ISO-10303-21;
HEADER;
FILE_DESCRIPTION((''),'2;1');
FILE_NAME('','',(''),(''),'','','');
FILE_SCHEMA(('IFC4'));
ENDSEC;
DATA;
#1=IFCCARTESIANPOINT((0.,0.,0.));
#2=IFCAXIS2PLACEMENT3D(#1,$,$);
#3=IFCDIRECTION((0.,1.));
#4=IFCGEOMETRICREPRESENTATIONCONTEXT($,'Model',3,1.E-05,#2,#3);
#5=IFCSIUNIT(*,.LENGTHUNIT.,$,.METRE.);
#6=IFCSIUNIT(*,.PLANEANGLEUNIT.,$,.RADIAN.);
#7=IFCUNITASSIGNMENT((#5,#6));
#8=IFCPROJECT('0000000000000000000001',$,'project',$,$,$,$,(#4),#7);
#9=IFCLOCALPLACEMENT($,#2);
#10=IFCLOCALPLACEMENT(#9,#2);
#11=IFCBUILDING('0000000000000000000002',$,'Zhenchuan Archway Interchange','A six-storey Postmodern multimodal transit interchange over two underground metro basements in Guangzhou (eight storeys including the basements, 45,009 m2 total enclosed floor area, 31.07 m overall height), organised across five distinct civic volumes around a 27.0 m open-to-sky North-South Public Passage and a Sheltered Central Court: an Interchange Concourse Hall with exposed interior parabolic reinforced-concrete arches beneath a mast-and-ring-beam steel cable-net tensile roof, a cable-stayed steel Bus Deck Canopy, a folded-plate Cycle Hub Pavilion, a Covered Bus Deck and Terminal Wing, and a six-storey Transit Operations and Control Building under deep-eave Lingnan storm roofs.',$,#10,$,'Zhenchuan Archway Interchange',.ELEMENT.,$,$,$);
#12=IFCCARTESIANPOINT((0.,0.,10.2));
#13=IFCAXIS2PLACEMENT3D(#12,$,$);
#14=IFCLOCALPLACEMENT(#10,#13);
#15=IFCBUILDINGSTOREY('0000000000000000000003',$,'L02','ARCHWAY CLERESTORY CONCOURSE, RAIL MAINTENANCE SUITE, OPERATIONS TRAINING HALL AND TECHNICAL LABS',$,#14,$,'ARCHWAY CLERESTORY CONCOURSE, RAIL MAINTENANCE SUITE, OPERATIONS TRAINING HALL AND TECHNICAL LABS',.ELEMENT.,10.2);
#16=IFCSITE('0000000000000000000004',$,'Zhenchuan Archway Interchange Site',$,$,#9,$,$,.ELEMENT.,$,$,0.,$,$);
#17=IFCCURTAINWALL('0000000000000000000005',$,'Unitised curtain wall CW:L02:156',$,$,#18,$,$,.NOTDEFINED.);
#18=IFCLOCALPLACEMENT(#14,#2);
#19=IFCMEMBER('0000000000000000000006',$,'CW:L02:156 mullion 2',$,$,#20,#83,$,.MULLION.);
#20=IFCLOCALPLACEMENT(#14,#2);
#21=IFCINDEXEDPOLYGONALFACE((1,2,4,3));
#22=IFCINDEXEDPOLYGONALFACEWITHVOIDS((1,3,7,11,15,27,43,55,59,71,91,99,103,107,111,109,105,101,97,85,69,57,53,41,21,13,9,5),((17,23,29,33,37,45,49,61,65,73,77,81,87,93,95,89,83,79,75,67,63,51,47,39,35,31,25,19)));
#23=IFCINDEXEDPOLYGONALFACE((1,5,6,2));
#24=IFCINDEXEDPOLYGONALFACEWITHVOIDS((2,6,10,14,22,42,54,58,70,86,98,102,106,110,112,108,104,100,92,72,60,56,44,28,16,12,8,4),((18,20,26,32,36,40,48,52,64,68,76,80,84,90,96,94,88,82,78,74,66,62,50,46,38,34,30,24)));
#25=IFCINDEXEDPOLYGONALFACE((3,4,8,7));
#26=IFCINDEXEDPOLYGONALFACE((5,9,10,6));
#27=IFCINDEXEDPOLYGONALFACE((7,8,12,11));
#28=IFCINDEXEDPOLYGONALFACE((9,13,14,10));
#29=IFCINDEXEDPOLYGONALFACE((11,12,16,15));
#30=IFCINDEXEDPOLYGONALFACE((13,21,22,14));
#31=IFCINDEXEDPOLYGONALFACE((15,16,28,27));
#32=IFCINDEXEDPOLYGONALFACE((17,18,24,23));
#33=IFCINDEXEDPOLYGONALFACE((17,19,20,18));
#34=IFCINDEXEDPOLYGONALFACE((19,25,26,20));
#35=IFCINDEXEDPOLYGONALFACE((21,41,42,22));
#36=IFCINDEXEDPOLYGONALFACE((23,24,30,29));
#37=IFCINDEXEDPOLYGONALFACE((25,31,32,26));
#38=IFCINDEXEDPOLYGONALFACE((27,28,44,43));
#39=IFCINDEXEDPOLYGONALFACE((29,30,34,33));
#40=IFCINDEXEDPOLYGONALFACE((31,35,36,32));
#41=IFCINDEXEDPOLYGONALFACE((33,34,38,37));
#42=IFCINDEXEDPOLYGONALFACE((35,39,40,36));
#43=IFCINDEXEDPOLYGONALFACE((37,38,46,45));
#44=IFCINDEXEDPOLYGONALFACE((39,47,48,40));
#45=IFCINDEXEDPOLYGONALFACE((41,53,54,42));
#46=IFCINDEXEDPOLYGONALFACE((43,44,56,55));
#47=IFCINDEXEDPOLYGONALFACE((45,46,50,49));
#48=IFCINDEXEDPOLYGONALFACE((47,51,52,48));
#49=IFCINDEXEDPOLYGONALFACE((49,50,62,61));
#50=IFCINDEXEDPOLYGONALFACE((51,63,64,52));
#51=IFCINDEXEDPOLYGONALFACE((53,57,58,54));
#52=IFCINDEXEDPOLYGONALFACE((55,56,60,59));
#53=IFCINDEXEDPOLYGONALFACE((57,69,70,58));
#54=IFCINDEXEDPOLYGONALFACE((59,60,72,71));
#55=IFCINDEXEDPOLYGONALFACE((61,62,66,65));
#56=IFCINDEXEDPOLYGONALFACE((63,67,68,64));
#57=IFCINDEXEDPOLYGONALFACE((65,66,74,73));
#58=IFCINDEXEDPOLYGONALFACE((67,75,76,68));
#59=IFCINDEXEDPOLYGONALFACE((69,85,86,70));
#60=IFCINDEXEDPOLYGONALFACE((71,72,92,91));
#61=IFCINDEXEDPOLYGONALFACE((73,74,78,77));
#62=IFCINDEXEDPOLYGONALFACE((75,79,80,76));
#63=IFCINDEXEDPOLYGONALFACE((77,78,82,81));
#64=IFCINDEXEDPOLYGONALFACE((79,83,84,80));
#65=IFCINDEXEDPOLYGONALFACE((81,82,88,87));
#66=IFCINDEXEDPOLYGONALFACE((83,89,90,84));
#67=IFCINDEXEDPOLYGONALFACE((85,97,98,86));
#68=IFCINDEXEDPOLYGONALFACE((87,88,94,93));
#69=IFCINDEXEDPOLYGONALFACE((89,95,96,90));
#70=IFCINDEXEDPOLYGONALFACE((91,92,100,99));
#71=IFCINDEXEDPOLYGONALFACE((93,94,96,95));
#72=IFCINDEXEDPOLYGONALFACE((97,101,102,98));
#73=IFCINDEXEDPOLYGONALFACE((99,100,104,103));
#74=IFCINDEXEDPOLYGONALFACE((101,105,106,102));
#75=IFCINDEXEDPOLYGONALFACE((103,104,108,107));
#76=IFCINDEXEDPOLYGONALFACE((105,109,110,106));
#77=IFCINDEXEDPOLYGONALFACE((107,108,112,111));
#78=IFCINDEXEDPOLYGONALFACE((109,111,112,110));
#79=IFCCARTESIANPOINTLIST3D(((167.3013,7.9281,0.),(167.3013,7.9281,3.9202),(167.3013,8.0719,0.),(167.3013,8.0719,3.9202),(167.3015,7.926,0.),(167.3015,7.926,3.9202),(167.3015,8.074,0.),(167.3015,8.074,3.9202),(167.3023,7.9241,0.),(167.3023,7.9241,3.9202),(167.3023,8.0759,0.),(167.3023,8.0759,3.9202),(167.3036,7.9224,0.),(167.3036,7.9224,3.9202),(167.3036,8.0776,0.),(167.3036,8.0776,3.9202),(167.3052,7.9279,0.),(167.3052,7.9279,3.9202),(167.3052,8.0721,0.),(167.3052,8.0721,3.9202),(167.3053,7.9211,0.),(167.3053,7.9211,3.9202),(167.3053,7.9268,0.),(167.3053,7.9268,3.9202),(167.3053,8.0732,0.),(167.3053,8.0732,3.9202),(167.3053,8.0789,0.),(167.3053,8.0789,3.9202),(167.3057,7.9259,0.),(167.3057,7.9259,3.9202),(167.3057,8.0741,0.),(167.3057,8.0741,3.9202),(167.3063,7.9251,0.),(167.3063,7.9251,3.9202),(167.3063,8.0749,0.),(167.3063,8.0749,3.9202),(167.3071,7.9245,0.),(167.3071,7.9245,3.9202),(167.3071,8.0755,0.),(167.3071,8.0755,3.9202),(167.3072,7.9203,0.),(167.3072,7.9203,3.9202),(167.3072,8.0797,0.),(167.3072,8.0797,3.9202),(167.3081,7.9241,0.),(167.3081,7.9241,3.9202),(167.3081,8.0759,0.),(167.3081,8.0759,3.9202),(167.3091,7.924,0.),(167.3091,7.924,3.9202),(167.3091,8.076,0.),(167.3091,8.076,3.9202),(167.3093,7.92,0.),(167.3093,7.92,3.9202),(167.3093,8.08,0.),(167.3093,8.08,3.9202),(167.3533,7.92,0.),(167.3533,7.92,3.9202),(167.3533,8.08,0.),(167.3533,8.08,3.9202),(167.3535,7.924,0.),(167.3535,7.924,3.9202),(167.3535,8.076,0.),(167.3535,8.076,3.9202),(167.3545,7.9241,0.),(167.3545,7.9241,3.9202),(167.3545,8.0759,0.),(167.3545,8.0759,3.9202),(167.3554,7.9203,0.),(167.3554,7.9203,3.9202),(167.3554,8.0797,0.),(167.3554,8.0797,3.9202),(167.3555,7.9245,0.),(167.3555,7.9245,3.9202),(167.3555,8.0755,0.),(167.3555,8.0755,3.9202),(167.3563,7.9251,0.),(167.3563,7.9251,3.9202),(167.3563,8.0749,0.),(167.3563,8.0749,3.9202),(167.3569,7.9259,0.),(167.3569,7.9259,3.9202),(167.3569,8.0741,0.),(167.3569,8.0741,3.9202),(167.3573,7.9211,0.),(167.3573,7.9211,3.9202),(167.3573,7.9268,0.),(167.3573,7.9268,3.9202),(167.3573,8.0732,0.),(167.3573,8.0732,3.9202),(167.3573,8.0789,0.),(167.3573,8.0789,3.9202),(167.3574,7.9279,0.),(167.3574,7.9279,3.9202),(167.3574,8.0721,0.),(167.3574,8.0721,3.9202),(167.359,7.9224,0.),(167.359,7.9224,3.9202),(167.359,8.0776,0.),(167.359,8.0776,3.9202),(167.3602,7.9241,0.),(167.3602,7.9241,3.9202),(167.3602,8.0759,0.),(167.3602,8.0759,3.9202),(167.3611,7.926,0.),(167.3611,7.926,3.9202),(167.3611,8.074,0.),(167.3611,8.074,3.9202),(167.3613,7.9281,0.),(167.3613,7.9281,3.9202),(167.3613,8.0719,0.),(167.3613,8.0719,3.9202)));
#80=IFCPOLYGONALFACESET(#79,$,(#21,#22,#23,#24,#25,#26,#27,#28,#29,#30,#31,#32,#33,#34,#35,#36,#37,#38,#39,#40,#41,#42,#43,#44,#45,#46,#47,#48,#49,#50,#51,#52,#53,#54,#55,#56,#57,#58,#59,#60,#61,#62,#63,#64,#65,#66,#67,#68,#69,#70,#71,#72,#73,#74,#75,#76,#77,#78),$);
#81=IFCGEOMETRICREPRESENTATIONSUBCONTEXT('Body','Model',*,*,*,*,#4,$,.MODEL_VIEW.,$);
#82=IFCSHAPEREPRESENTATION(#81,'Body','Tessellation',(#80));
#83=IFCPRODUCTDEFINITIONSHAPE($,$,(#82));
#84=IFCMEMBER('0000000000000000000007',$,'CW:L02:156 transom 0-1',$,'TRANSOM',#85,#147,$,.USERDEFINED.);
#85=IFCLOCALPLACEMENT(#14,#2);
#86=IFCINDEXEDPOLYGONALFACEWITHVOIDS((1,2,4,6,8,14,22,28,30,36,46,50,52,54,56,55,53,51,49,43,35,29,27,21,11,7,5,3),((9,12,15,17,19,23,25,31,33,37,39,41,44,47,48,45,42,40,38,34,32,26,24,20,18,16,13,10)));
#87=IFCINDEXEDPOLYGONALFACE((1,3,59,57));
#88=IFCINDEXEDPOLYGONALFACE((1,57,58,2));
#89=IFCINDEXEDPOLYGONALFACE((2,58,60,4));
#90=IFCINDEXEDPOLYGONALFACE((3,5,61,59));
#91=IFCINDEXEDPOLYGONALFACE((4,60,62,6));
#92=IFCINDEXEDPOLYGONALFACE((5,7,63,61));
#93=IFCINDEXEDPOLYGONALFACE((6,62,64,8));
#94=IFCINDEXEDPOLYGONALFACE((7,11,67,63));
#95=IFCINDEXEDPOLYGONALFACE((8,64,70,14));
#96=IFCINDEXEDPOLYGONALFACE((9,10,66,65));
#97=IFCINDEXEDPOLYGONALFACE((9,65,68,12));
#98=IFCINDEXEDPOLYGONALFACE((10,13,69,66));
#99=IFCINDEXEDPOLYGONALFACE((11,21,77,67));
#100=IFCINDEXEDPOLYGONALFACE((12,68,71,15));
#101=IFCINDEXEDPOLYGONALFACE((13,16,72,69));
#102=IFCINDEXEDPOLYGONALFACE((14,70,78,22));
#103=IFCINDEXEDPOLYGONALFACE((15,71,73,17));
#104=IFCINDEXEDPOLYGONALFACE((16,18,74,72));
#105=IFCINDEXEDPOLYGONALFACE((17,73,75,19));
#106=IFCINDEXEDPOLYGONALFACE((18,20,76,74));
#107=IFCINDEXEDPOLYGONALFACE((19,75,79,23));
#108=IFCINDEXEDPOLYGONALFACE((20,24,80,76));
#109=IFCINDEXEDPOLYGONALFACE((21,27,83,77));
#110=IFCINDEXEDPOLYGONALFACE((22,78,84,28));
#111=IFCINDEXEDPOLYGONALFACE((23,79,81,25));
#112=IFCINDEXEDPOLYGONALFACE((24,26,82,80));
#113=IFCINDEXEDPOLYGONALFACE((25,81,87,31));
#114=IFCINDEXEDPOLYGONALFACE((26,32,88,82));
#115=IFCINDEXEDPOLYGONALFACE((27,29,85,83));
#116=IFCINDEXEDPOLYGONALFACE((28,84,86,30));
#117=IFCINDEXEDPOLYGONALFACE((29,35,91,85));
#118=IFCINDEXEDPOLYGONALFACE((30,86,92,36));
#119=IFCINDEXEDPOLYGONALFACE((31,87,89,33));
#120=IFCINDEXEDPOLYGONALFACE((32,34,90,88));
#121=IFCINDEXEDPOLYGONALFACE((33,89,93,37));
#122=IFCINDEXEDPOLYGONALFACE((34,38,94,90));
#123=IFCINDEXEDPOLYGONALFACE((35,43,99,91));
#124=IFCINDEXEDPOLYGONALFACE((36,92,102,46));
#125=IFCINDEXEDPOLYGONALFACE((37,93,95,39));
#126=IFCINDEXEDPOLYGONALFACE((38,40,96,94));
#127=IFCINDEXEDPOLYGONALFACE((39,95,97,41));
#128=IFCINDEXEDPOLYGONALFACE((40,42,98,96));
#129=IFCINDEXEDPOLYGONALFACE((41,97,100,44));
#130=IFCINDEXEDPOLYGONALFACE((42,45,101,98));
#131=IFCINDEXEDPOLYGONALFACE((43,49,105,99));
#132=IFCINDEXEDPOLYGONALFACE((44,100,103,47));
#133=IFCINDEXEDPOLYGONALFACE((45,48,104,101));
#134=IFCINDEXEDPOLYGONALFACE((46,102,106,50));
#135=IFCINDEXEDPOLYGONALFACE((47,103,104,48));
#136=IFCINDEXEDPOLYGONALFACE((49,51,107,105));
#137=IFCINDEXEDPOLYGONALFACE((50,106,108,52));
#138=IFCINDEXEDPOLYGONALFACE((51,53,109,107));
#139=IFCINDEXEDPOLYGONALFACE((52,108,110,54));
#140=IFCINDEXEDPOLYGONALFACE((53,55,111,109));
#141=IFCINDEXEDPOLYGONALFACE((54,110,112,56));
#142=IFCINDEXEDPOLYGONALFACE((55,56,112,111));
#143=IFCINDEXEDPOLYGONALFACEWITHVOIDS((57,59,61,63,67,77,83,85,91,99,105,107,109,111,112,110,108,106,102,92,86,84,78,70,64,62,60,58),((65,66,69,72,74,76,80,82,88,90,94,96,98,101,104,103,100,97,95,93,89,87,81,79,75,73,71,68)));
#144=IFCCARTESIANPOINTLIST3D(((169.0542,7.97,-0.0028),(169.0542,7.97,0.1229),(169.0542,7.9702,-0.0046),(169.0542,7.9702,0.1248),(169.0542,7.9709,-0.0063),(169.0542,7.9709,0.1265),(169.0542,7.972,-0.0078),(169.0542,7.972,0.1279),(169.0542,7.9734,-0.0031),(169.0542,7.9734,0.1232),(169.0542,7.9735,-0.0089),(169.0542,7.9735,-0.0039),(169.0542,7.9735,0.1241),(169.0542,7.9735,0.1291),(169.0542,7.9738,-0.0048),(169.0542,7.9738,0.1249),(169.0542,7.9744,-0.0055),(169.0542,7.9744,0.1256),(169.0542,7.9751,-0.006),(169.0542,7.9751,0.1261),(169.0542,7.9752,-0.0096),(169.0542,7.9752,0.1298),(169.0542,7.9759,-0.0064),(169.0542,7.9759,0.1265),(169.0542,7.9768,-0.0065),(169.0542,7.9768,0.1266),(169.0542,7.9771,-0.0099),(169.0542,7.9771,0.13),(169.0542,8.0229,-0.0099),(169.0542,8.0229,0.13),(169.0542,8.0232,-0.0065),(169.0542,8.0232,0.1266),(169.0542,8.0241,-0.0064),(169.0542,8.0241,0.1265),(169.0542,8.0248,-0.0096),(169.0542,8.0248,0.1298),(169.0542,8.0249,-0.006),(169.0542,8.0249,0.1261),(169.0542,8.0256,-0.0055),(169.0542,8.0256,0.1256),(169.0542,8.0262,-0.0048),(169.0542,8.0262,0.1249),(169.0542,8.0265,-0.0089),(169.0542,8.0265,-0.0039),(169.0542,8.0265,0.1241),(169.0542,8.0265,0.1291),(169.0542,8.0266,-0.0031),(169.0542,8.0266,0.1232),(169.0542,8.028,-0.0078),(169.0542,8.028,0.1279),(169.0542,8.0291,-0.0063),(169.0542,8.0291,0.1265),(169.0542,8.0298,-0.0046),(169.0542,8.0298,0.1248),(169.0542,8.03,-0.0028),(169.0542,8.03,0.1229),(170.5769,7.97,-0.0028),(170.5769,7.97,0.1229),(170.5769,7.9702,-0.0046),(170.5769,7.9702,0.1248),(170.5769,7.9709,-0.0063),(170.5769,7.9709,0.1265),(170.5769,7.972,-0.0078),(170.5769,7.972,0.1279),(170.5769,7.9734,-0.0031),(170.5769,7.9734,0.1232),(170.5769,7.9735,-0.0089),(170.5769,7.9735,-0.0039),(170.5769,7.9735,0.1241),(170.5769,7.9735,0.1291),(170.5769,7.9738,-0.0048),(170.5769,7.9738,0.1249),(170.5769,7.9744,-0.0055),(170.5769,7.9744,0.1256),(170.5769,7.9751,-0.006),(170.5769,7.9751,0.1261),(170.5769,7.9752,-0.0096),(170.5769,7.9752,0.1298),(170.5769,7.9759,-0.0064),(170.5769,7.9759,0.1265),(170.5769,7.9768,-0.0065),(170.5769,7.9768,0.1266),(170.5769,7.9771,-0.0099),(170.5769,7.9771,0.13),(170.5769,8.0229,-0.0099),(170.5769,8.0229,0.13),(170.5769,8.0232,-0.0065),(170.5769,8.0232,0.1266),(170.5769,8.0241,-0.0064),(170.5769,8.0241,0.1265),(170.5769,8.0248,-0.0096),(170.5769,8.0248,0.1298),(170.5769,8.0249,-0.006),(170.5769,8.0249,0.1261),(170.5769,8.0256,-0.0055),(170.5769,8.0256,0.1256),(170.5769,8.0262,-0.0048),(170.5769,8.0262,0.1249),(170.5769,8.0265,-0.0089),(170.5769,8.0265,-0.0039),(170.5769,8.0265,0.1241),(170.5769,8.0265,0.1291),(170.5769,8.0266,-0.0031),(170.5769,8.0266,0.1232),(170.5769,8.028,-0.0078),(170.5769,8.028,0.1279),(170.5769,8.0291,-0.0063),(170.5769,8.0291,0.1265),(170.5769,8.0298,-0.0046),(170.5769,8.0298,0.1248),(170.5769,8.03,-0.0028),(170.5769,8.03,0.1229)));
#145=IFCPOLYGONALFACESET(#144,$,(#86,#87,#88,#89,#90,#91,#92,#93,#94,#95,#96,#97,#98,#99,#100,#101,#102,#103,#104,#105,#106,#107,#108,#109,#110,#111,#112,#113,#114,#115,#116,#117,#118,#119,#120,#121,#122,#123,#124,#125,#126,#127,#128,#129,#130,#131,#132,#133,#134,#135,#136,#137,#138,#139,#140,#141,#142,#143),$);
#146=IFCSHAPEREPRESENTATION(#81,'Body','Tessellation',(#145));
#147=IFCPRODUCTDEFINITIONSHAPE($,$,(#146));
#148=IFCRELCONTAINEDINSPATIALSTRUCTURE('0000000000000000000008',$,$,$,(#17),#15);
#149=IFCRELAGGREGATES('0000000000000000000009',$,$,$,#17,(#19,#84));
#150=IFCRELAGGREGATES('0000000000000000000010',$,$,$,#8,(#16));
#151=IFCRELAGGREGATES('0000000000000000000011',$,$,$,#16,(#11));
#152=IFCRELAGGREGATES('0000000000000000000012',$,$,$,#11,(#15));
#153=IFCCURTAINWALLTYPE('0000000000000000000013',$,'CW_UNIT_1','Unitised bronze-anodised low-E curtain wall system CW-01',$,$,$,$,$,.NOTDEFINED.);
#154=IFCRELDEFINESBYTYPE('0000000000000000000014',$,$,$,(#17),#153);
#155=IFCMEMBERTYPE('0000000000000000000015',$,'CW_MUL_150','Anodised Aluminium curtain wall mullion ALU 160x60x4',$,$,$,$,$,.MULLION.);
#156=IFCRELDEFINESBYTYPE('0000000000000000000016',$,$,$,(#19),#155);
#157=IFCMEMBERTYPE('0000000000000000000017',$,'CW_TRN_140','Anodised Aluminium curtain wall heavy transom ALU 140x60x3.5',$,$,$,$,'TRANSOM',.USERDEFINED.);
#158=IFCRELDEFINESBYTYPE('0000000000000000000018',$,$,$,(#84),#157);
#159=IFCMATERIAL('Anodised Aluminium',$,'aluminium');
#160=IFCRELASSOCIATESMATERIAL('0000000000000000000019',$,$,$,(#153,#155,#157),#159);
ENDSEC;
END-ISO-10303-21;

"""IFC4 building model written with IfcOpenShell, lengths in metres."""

from ifc_helpers import new_model, si_unit, direction, frame, origin, origin_2d, place, context, subcontext, project, spatial, hollow_rectangle, extrude, material, material_profile, profile_set, type_object, element, aggregate, save


model = new_model("IFC4")

# Units and contexts
model_context = context("Model", 3, precision=1e-05, world=origin(), true_north=direction((0.0, 1.0)))
body_context = subcontext(model_context, "Body", "Model", "MODEL_VIEW")
ifc_project = project(units=[si_unit("LENGTHUNIT", "METRE"), si_unit("PLANEANGLEUNIT", "RADIAN")], contexts=[model_context])

# Site, building, storey
site_placement = place(None, origin())
site = spatial("IfcSite", under=ifc_project, at=site_placement, Name="Zhenchuan Archway Interchange Site", CompositionType="ELEMENT", RefElevation=0.0)
building_placement = place(site_placement, origin())
building = spatial("IfcBuilding", under=site, at=building_placement, Name="Zhenchuan Archway Interchange", Description="A six-storey Postmodern multimodal transit interchange over two underground metro basements in Guangzhou (eight storeys including the basements, 45,009 m2 total enclosed floor area, 31.07 m overall height), organised across five distinct civic volumes around a 27.0 m open-to-sky North-South Public Passage and a Sheltered Central Court: an Interchange Concourse Hall with exposed interior parabolic reinforced-concrete arches beneath a mast-and-ring-beam steel cable-net tensile roof, a cable-stayed steel Bus Deck Canopy, a folded-plate Cycle Hub Pavilion, a Covered Bus Deck and Terminal Wing, and a six-storey Transit Operations and Control Building under deep-eave Lingnan storm roofs.", LongName="Zhenchuan Archway Interchange", CompositionType="ELEMENT")
storey_placement = place(building_placement, frame((0.0, 0.0, 10.2)))
storey = spatial("IfcBuildingStorey", under=building, at=storey_placement, Name="L02", Description="ARCHWAY CLERESTORY CONCOURSE, RAIL MAINTENANCE SUITE, OPERATIONS TRAINING HALL AND TECHNICAL LABS", LongName="ARCHWAY CLERESTORY CONCOURSE, RAIL MAINTENANCE SUITE, OPERATIONS TRAINING HALL AND TECHNICAL LABS", CompositionType="ELEMENT", Elevation=10.2)

# Curtain wall, members
ifc_material_1 = material(Name="Anodised Aluminium", Category="aluminium")
curtain_wall_type = type_object("IfcCurtainWallType", Name="CW_UNIT_1", Description="Unitised bronze-anodised low-E curtain wall system CW-01", PredefinedType="NOTDEFINED", material=ifc_material_1)
curtain_wall_placement = place(storey_placement, origin())
curtain_wall = element("IfcCurtainWall", 1, at=curtain_wall_placement, inside=storey, type_object=curtain_wall_type, Name="Unitised curtain wall CW:L02:156", PredefinedType="NOTDEFINED")
ifc_material_profile_1 = material_profile(ifc_material_1, hollow_rectangle(XDim=0.0601, YDim=0.1599, WallThickness=0.0039, InnerFilletRadius=0.0039, OuterFilletRadius=0.0081, at=origin_2d()), Name="ALU 160x60x4")
ifc_profile_set_1 = profile_set([ifc_material_profile_1], Name="Anodised Aluminium")
member_type_1 = type_object("IfcMemberType", Name="CW_MUL_150", Description="Anodised Aluminium curtain wall mullion ALU 160x60x4", PredefinedType="MULLION", material=ifc_profile_set_1)
member_1_placement = place(storey_placement, frame((167.3313, 8.0, 0.0), z_axis=(0.0, 0.0, 1.0), x_axis=(1.0, 0.0, 0.0)))
member_1 = element("IfcMember", 2, at=member_1_placement, type_object=member_type_1, Name="CW:L02:156 mullion 2", PredefinedType="MULLION", context=body_context, shape_type="SweptSolid", body=[
    extrude(hollow_rectangle(XDim=0.0601, YDim=0.1599, WallThickness=0.0039, InnerFilletRadius=0.0039, OuterFilletRadius=0.0081, at=origin_2d()), origin(), (0.0, 0.0, 1.0), 3.9202),
])
ifc_material_profile_2 = material_profile(ifc_material_1, hollow_rectangle(XDim=0.0601, YDim=0.1399, WallThickness=0.0034, InnerFilletRadius=0.0034, OuterFilletRadius=0.0071, at=origin_2d()), Name="ALU 140x60x3.5")
ifc_profile_set_2 = profile_set([ifc_material_profile_2], Name="Anodised Aluminium")
member_type_2 = type_object("IfcMemberType", Name="CW_TRN_140", Description="Anodised Aluminium curtain wall heavy transom ALU 140x60x3.5", ElementType="TRANSOM", PredefinedType="USERDEFINED", material=ifc_profile_set_2)
member_2_placement = place(storey_placement, frame((170.5769, 8.0, 0.0601), z_axis=(-1.0, 0.0, 0.0), x_axis=(0.0, -1.0, 0.0)))
member_2 = element("IfcMember", 3, at=member_2_placement, type_object=member_type_2, Name="CW:L02:156 transom 0-1", ObjectType="TRANSOM", PredefinedType="USERDEFINED", context=body_context, shape_type="SweptSolid", body=[
    extrude(hollow_rectangle(XDim=0.0601, YDim=0.1399, WallThickness=0.0034, InnerFilletRadius=0.0034, OuterFilletRadius=0.0071, at=origin_2d()), origin(), (0.0, 0.0, 1.0), 1.5227),
])

aggregate(curtain_wall, [member_1, member_2])

save(model, "model.ifc")
